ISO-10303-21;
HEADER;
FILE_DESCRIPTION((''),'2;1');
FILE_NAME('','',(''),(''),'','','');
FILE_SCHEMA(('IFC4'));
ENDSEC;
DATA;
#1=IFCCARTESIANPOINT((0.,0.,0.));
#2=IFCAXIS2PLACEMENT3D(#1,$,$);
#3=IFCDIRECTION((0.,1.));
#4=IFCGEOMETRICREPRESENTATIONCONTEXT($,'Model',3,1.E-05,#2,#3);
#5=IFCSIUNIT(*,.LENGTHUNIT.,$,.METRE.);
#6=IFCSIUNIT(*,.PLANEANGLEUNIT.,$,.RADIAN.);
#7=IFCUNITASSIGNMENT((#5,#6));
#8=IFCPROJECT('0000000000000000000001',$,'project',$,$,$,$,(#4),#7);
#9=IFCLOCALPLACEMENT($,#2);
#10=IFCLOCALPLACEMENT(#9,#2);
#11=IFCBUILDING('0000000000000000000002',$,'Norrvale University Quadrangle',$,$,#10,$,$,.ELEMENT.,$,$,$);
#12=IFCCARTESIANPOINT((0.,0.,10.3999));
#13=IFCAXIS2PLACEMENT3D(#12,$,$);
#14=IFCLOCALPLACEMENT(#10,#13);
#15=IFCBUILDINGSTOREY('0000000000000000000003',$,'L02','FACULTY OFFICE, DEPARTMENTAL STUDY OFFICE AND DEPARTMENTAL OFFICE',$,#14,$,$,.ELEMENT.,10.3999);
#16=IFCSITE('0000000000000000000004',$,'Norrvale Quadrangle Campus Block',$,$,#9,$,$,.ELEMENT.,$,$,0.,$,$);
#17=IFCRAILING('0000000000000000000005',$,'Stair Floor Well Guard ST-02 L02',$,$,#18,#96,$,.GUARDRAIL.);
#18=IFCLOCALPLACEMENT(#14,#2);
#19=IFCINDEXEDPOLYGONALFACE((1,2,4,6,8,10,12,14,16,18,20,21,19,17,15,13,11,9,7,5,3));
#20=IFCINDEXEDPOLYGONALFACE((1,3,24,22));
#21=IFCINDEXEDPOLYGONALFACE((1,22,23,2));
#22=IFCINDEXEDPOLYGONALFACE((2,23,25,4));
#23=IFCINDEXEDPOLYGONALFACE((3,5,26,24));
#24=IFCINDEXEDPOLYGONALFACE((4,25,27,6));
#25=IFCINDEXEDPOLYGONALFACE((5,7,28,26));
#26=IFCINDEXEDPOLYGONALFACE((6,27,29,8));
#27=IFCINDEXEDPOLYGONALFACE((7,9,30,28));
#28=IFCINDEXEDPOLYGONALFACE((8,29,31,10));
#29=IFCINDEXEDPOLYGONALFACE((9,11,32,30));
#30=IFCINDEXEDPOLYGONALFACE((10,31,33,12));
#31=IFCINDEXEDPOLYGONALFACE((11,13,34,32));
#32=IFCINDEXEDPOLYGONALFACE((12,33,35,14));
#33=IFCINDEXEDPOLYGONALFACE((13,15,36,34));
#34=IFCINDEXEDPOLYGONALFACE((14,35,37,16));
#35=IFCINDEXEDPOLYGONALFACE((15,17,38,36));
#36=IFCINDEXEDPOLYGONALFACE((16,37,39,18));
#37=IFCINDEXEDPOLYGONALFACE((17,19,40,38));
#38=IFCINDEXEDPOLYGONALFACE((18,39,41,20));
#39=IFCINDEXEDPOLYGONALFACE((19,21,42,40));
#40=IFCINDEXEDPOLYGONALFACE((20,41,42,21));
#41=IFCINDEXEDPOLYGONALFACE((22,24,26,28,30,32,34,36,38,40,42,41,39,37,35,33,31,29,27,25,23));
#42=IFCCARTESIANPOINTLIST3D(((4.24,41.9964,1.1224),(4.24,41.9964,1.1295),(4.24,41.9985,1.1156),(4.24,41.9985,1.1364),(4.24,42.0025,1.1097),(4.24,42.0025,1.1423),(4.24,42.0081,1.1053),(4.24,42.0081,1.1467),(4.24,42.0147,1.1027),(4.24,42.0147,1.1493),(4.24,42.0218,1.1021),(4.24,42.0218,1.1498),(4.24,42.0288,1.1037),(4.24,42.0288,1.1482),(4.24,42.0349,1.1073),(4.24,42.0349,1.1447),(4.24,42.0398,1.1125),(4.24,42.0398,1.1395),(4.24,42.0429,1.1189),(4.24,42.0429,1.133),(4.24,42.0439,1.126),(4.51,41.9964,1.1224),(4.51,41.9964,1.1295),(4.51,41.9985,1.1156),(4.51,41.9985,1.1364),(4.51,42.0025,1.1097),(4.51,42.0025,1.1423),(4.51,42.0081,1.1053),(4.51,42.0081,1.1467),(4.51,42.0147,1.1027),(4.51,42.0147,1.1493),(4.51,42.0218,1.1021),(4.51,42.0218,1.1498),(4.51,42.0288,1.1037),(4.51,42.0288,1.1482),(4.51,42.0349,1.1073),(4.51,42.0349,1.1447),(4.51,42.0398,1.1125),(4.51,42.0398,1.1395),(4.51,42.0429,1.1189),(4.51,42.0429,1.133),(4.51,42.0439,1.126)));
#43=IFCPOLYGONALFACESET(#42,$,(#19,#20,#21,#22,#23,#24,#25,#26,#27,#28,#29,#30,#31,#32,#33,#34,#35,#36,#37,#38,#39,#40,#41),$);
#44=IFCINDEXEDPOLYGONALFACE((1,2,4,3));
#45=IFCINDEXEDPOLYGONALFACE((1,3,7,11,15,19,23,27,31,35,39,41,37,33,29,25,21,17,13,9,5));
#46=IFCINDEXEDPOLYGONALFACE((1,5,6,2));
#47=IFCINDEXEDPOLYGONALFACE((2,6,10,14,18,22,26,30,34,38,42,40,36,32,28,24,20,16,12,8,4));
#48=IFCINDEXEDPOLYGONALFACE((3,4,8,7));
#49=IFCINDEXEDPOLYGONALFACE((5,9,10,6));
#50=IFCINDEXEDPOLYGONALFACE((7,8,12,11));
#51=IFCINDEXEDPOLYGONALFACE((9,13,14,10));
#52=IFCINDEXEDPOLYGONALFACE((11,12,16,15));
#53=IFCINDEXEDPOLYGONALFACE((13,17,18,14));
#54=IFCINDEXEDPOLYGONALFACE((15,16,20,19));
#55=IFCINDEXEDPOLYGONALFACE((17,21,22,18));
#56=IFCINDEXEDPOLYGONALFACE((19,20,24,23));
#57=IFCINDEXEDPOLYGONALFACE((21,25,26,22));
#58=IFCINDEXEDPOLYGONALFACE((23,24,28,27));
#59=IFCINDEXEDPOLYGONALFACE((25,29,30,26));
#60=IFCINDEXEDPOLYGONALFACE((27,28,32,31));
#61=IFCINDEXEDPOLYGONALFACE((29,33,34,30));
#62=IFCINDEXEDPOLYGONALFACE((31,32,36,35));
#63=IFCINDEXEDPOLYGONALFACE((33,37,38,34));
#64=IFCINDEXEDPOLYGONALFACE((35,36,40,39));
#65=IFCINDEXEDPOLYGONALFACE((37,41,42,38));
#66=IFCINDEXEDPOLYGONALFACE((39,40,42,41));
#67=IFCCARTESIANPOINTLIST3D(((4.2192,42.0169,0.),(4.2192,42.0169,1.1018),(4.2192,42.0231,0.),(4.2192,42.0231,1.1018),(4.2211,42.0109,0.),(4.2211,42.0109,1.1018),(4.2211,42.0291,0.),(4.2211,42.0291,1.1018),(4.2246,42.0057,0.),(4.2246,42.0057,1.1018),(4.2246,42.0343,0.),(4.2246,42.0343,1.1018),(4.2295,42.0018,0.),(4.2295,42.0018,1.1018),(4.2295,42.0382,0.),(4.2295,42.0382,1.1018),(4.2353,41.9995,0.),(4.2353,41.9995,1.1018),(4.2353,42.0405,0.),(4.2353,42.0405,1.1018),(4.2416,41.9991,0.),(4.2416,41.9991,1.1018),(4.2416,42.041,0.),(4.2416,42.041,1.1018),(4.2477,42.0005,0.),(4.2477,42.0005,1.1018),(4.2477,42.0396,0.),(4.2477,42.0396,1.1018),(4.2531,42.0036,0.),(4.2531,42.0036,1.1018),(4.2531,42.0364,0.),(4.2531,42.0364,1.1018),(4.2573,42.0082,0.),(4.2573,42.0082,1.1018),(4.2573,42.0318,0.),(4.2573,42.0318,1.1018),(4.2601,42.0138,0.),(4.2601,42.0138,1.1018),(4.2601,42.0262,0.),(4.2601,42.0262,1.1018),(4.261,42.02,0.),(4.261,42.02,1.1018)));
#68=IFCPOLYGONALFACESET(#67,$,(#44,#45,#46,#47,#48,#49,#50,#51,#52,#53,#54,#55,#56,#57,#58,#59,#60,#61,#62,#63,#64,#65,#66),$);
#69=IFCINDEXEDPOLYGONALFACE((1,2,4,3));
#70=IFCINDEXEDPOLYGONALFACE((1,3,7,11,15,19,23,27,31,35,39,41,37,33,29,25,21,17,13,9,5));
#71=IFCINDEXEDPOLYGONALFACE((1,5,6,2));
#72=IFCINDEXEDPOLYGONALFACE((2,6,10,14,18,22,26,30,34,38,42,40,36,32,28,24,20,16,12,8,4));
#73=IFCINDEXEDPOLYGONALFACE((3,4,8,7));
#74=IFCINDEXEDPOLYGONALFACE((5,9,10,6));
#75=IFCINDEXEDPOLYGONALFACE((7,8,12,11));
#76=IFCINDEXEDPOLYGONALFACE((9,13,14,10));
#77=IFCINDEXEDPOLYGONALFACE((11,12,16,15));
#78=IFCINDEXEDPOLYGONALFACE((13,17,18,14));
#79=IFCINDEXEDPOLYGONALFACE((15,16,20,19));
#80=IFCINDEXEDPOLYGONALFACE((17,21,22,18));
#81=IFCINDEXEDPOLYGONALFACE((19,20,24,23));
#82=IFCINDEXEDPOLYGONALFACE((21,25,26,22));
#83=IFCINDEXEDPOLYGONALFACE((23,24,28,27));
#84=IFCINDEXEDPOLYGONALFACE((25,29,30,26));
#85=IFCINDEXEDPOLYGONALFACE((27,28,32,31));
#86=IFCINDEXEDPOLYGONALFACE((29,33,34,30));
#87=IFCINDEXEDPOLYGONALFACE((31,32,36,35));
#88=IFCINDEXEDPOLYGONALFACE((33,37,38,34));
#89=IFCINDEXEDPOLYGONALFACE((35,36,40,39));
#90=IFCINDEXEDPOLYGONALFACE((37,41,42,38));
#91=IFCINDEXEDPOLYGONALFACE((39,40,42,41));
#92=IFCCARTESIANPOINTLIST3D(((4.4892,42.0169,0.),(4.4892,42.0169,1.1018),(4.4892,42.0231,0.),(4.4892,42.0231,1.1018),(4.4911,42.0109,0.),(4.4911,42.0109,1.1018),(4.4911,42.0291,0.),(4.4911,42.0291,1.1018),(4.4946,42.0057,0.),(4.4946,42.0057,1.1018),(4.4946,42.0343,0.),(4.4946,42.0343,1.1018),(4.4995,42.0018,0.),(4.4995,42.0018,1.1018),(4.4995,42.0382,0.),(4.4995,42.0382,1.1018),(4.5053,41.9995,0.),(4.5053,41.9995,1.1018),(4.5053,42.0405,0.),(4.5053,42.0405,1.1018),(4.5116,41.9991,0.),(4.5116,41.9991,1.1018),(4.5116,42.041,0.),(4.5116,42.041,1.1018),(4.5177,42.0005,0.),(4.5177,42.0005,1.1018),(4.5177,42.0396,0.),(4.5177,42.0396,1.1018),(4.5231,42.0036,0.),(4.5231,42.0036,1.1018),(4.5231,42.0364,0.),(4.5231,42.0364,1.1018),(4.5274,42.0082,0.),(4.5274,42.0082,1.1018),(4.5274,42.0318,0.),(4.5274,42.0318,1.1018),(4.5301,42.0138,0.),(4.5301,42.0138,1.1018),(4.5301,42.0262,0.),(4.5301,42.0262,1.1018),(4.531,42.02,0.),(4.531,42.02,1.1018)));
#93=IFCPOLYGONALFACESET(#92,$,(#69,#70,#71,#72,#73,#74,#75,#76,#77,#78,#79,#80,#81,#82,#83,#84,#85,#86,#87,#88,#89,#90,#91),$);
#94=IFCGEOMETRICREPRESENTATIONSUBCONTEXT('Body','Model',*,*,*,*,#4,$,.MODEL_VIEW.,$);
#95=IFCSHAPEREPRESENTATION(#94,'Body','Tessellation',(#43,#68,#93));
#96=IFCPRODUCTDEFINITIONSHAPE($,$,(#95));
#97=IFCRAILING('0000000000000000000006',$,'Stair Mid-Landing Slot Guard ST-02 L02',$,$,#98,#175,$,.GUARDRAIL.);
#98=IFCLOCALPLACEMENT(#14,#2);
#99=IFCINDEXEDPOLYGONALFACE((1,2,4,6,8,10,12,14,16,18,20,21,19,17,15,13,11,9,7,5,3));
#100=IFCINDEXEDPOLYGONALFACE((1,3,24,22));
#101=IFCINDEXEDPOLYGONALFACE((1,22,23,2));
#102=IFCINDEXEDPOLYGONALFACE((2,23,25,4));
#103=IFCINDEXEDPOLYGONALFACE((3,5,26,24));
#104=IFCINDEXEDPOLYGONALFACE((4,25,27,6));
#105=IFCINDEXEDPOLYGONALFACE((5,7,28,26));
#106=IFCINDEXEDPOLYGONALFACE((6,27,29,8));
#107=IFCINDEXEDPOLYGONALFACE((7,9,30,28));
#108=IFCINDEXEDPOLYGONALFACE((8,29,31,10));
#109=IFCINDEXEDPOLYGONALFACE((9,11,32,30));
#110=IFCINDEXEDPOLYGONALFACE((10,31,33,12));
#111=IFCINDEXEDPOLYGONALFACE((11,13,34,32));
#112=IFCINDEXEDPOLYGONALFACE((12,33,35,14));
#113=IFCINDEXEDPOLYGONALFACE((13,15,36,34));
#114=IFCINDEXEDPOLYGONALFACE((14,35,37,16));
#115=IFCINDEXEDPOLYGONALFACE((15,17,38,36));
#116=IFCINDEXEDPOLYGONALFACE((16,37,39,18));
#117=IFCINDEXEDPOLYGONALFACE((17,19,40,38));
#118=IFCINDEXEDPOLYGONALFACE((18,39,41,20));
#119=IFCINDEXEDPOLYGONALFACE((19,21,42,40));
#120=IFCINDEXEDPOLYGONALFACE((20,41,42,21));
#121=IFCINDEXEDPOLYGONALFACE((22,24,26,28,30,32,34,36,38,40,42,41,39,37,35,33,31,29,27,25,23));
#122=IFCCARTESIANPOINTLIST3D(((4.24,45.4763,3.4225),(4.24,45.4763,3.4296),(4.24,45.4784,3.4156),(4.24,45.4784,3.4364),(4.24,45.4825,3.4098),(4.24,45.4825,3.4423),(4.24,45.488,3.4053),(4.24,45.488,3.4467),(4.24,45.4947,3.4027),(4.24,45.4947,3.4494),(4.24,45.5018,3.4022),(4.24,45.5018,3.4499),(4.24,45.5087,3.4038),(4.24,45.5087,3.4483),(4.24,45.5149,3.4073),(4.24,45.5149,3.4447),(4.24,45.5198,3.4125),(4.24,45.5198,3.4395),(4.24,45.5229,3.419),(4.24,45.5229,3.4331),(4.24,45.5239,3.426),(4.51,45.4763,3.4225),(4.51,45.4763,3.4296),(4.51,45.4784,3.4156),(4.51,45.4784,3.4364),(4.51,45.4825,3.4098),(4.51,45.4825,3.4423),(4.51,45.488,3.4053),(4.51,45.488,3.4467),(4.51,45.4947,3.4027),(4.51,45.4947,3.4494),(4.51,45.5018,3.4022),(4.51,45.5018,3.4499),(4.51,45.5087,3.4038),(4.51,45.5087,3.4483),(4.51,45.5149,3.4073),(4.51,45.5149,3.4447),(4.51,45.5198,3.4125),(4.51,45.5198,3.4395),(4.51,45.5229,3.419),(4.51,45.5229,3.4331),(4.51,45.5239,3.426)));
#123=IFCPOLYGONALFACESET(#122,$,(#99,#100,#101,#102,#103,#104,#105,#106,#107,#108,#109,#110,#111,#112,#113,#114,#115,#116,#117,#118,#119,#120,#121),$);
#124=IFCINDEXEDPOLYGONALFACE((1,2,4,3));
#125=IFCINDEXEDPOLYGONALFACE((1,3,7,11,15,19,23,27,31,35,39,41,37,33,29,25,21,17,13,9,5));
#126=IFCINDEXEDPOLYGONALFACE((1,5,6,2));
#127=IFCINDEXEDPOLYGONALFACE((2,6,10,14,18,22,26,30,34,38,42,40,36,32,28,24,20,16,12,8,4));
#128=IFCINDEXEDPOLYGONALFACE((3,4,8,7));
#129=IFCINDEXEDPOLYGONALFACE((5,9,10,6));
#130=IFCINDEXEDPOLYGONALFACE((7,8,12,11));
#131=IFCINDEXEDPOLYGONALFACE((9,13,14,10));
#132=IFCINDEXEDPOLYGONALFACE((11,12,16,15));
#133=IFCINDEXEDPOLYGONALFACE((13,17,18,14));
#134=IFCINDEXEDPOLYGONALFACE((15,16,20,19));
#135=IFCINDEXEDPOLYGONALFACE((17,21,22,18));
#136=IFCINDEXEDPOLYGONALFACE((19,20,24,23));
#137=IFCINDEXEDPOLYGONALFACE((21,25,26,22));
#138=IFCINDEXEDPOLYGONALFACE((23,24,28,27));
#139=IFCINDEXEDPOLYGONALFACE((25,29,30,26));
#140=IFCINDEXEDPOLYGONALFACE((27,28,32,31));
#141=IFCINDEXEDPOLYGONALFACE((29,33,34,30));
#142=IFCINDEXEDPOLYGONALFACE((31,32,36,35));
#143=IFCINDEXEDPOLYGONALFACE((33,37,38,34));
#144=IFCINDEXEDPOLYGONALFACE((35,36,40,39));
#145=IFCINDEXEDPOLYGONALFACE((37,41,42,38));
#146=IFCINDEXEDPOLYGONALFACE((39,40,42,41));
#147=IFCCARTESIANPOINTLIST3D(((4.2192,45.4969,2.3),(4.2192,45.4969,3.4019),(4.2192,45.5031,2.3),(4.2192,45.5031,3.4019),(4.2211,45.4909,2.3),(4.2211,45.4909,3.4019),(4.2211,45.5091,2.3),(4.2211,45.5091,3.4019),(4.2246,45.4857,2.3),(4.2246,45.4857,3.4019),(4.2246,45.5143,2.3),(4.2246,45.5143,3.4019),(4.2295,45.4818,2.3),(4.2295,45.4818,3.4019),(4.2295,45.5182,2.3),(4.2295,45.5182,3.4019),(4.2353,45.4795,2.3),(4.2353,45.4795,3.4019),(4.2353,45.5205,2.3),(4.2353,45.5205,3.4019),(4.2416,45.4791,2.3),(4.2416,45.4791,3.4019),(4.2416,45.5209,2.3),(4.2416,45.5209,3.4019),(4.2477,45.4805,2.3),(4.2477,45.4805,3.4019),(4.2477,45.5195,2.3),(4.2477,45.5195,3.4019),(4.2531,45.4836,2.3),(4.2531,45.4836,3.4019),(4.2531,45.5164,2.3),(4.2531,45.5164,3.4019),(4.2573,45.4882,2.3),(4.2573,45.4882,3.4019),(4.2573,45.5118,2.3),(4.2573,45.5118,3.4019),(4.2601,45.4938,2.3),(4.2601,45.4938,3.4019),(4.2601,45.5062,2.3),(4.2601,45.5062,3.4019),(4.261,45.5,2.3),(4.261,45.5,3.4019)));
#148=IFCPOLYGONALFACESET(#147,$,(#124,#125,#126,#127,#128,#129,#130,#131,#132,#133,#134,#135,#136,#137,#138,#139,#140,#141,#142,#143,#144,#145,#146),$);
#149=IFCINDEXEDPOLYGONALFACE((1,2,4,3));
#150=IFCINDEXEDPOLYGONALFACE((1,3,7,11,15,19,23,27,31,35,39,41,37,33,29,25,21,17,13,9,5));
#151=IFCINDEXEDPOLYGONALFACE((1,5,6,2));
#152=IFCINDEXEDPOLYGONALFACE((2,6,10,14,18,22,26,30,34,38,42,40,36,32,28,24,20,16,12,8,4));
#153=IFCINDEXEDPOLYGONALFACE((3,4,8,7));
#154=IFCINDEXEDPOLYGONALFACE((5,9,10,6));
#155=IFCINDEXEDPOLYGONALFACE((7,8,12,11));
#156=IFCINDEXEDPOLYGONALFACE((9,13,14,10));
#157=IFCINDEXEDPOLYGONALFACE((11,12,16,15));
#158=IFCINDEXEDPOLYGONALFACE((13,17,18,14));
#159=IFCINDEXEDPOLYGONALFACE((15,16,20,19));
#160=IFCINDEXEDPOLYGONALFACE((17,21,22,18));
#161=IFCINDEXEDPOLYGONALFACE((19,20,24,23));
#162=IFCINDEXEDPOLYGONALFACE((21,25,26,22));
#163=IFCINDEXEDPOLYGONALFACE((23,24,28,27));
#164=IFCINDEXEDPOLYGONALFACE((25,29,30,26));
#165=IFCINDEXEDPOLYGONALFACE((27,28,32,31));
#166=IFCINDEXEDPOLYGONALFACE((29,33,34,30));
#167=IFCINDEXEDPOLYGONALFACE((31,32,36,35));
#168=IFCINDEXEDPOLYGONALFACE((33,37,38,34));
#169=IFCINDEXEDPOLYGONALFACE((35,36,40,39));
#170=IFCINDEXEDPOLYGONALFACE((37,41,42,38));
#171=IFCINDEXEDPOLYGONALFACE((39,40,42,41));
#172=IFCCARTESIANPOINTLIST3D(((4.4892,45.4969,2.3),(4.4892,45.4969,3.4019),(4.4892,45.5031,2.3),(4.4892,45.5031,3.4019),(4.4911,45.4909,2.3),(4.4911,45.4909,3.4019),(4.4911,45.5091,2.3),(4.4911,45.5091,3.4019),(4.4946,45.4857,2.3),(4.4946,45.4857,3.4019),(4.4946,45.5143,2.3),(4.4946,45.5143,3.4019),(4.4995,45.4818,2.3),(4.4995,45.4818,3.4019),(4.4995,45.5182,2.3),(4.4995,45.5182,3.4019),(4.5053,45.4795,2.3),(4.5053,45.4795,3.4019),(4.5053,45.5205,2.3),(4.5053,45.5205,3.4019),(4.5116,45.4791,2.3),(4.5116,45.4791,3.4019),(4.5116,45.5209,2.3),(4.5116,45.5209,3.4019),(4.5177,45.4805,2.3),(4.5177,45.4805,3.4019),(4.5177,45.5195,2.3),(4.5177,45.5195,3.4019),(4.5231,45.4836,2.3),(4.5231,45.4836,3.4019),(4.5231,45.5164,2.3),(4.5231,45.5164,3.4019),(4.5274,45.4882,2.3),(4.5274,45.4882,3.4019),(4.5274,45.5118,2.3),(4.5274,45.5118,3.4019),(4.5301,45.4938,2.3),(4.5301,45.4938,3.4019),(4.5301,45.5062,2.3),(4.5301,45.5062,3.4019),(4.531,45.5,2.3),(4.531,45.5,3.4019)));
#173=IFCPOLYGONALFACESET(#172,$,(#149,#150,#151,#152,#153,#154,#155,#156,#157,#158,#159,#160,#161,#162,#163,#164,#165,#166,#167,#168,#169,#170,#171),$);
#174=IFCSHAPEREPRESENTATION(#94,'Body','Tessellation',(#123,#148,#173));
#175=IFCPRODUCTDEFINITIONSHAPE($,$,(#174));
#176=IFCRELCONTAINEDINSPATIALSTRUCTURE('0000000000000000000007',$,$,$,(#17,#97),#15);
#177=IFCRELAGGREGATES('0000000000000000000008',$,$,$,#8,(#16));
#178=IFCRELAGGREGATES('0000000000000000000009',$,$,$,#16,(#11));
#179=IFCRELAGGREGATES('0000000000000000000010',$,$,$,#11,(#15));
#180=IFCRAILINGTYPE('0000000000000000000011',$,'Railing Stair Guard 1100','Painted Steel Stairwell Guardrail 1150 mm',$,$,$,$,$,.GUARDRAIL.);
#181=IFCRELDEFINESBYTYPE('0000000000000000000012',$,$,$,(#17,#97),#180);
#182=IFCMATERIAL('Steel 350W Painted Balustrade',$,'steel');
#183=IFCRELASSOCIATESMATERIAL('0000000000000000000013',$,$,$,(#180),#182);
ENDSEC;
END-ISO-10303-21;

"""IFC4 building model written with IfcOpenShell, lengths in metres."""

from ifc_helpers import new_model, si_unit, direction, frame, origin, origin_2d, place, context, subcontext, project, spatial, circle, extrude, material, type_object, element, save


model = new_model("IFC4")

# Units and contexts
model_context = context("Model", 3, precision=1e-05, world=origin(), true_north=direction((0.0, 1.0)))
body_context = subcontext(model_context, "Body", "Model", "MODEL_VIEW")
ifc_project = project(units=[si_unit("LENGTHUNIT", "METRE"), si_unit("PLANEANGLEUNIT", "RADIAN")], contexts=[model_context])

# Site, building, storey
site_placement = place(None, origin())
site = spatial("IfcSite", under=ifc_project, at=site_placement, Name="Norrvale Quadrangle Campus Block", CompositionType="ELEMENT", RefElevation=0.0)
building_placement = place(site_placement, origin())
building = spatial("IfcBuilding", under=site, at=building_placement, Name="Norrvale University Quadrangle", CompositionType="ELEMENT")
storey_placement = place(building_placement, frame((0.0, 0.0, 10.3999)))
storey = spatial("IfcBuildingStorey", under=building, at=storey_placement, Name="L02", Description="FACULTY OFFICE, DEPARTMENTAL STUDY OFFICE AND DEPARTMENTAL OFFICE", CompositionType="ELEMENT", Elevation=10.3999)

# Railings
ifc_material_1 = material(Name="Steel 350W Painted Balustrade", Category="steel")
railing_type_1 = type_object("IfcRailingType", Name="Railing Stair Guard 1100", Description="Painted Steel Stairwell Guardrail 1150 mm", PredefinedType="GUARDRAIL", material=ifc_material_1)
for number, where, name in (
    (1, (4.24, 42.02, 0.0), "Stair Floor Well Guard ST-02 L02"),
    (2, (4.24, 45.5, 2.3), "Stair Mid-Landing Slot Guard ST-02 L02"),
):
    element("IfcRailing", number, at=place(storey_placement, frame(where)), inside=storey, type_object=railing_type_1, Name=name, PredefinedType="GUARDRAIL", context=body_context, shape_type="SweptSolid", body=[
        extrude(circle(Radius=0.0239, at=origin_2d()), frame((0.0, 0.0, 1.126), z_axis=(1.0, 0.0, 0.0), x_axis=(0.0, 1.0, 0.0)), (0.0, 0.0, 1.0), 0.27),
        extrude(circle(Radius=0.021, at=origin_2d()), origin(), (0.0, 0.0, 1.0), 1.1018),
        extrude(circle(Radius=0.021, at=origin_2d()), frame((0.27, 0.0, 0.0)), (0.0, 0.0, 1.0), 1.1018),
    ])

save(model, "model.ifc")
